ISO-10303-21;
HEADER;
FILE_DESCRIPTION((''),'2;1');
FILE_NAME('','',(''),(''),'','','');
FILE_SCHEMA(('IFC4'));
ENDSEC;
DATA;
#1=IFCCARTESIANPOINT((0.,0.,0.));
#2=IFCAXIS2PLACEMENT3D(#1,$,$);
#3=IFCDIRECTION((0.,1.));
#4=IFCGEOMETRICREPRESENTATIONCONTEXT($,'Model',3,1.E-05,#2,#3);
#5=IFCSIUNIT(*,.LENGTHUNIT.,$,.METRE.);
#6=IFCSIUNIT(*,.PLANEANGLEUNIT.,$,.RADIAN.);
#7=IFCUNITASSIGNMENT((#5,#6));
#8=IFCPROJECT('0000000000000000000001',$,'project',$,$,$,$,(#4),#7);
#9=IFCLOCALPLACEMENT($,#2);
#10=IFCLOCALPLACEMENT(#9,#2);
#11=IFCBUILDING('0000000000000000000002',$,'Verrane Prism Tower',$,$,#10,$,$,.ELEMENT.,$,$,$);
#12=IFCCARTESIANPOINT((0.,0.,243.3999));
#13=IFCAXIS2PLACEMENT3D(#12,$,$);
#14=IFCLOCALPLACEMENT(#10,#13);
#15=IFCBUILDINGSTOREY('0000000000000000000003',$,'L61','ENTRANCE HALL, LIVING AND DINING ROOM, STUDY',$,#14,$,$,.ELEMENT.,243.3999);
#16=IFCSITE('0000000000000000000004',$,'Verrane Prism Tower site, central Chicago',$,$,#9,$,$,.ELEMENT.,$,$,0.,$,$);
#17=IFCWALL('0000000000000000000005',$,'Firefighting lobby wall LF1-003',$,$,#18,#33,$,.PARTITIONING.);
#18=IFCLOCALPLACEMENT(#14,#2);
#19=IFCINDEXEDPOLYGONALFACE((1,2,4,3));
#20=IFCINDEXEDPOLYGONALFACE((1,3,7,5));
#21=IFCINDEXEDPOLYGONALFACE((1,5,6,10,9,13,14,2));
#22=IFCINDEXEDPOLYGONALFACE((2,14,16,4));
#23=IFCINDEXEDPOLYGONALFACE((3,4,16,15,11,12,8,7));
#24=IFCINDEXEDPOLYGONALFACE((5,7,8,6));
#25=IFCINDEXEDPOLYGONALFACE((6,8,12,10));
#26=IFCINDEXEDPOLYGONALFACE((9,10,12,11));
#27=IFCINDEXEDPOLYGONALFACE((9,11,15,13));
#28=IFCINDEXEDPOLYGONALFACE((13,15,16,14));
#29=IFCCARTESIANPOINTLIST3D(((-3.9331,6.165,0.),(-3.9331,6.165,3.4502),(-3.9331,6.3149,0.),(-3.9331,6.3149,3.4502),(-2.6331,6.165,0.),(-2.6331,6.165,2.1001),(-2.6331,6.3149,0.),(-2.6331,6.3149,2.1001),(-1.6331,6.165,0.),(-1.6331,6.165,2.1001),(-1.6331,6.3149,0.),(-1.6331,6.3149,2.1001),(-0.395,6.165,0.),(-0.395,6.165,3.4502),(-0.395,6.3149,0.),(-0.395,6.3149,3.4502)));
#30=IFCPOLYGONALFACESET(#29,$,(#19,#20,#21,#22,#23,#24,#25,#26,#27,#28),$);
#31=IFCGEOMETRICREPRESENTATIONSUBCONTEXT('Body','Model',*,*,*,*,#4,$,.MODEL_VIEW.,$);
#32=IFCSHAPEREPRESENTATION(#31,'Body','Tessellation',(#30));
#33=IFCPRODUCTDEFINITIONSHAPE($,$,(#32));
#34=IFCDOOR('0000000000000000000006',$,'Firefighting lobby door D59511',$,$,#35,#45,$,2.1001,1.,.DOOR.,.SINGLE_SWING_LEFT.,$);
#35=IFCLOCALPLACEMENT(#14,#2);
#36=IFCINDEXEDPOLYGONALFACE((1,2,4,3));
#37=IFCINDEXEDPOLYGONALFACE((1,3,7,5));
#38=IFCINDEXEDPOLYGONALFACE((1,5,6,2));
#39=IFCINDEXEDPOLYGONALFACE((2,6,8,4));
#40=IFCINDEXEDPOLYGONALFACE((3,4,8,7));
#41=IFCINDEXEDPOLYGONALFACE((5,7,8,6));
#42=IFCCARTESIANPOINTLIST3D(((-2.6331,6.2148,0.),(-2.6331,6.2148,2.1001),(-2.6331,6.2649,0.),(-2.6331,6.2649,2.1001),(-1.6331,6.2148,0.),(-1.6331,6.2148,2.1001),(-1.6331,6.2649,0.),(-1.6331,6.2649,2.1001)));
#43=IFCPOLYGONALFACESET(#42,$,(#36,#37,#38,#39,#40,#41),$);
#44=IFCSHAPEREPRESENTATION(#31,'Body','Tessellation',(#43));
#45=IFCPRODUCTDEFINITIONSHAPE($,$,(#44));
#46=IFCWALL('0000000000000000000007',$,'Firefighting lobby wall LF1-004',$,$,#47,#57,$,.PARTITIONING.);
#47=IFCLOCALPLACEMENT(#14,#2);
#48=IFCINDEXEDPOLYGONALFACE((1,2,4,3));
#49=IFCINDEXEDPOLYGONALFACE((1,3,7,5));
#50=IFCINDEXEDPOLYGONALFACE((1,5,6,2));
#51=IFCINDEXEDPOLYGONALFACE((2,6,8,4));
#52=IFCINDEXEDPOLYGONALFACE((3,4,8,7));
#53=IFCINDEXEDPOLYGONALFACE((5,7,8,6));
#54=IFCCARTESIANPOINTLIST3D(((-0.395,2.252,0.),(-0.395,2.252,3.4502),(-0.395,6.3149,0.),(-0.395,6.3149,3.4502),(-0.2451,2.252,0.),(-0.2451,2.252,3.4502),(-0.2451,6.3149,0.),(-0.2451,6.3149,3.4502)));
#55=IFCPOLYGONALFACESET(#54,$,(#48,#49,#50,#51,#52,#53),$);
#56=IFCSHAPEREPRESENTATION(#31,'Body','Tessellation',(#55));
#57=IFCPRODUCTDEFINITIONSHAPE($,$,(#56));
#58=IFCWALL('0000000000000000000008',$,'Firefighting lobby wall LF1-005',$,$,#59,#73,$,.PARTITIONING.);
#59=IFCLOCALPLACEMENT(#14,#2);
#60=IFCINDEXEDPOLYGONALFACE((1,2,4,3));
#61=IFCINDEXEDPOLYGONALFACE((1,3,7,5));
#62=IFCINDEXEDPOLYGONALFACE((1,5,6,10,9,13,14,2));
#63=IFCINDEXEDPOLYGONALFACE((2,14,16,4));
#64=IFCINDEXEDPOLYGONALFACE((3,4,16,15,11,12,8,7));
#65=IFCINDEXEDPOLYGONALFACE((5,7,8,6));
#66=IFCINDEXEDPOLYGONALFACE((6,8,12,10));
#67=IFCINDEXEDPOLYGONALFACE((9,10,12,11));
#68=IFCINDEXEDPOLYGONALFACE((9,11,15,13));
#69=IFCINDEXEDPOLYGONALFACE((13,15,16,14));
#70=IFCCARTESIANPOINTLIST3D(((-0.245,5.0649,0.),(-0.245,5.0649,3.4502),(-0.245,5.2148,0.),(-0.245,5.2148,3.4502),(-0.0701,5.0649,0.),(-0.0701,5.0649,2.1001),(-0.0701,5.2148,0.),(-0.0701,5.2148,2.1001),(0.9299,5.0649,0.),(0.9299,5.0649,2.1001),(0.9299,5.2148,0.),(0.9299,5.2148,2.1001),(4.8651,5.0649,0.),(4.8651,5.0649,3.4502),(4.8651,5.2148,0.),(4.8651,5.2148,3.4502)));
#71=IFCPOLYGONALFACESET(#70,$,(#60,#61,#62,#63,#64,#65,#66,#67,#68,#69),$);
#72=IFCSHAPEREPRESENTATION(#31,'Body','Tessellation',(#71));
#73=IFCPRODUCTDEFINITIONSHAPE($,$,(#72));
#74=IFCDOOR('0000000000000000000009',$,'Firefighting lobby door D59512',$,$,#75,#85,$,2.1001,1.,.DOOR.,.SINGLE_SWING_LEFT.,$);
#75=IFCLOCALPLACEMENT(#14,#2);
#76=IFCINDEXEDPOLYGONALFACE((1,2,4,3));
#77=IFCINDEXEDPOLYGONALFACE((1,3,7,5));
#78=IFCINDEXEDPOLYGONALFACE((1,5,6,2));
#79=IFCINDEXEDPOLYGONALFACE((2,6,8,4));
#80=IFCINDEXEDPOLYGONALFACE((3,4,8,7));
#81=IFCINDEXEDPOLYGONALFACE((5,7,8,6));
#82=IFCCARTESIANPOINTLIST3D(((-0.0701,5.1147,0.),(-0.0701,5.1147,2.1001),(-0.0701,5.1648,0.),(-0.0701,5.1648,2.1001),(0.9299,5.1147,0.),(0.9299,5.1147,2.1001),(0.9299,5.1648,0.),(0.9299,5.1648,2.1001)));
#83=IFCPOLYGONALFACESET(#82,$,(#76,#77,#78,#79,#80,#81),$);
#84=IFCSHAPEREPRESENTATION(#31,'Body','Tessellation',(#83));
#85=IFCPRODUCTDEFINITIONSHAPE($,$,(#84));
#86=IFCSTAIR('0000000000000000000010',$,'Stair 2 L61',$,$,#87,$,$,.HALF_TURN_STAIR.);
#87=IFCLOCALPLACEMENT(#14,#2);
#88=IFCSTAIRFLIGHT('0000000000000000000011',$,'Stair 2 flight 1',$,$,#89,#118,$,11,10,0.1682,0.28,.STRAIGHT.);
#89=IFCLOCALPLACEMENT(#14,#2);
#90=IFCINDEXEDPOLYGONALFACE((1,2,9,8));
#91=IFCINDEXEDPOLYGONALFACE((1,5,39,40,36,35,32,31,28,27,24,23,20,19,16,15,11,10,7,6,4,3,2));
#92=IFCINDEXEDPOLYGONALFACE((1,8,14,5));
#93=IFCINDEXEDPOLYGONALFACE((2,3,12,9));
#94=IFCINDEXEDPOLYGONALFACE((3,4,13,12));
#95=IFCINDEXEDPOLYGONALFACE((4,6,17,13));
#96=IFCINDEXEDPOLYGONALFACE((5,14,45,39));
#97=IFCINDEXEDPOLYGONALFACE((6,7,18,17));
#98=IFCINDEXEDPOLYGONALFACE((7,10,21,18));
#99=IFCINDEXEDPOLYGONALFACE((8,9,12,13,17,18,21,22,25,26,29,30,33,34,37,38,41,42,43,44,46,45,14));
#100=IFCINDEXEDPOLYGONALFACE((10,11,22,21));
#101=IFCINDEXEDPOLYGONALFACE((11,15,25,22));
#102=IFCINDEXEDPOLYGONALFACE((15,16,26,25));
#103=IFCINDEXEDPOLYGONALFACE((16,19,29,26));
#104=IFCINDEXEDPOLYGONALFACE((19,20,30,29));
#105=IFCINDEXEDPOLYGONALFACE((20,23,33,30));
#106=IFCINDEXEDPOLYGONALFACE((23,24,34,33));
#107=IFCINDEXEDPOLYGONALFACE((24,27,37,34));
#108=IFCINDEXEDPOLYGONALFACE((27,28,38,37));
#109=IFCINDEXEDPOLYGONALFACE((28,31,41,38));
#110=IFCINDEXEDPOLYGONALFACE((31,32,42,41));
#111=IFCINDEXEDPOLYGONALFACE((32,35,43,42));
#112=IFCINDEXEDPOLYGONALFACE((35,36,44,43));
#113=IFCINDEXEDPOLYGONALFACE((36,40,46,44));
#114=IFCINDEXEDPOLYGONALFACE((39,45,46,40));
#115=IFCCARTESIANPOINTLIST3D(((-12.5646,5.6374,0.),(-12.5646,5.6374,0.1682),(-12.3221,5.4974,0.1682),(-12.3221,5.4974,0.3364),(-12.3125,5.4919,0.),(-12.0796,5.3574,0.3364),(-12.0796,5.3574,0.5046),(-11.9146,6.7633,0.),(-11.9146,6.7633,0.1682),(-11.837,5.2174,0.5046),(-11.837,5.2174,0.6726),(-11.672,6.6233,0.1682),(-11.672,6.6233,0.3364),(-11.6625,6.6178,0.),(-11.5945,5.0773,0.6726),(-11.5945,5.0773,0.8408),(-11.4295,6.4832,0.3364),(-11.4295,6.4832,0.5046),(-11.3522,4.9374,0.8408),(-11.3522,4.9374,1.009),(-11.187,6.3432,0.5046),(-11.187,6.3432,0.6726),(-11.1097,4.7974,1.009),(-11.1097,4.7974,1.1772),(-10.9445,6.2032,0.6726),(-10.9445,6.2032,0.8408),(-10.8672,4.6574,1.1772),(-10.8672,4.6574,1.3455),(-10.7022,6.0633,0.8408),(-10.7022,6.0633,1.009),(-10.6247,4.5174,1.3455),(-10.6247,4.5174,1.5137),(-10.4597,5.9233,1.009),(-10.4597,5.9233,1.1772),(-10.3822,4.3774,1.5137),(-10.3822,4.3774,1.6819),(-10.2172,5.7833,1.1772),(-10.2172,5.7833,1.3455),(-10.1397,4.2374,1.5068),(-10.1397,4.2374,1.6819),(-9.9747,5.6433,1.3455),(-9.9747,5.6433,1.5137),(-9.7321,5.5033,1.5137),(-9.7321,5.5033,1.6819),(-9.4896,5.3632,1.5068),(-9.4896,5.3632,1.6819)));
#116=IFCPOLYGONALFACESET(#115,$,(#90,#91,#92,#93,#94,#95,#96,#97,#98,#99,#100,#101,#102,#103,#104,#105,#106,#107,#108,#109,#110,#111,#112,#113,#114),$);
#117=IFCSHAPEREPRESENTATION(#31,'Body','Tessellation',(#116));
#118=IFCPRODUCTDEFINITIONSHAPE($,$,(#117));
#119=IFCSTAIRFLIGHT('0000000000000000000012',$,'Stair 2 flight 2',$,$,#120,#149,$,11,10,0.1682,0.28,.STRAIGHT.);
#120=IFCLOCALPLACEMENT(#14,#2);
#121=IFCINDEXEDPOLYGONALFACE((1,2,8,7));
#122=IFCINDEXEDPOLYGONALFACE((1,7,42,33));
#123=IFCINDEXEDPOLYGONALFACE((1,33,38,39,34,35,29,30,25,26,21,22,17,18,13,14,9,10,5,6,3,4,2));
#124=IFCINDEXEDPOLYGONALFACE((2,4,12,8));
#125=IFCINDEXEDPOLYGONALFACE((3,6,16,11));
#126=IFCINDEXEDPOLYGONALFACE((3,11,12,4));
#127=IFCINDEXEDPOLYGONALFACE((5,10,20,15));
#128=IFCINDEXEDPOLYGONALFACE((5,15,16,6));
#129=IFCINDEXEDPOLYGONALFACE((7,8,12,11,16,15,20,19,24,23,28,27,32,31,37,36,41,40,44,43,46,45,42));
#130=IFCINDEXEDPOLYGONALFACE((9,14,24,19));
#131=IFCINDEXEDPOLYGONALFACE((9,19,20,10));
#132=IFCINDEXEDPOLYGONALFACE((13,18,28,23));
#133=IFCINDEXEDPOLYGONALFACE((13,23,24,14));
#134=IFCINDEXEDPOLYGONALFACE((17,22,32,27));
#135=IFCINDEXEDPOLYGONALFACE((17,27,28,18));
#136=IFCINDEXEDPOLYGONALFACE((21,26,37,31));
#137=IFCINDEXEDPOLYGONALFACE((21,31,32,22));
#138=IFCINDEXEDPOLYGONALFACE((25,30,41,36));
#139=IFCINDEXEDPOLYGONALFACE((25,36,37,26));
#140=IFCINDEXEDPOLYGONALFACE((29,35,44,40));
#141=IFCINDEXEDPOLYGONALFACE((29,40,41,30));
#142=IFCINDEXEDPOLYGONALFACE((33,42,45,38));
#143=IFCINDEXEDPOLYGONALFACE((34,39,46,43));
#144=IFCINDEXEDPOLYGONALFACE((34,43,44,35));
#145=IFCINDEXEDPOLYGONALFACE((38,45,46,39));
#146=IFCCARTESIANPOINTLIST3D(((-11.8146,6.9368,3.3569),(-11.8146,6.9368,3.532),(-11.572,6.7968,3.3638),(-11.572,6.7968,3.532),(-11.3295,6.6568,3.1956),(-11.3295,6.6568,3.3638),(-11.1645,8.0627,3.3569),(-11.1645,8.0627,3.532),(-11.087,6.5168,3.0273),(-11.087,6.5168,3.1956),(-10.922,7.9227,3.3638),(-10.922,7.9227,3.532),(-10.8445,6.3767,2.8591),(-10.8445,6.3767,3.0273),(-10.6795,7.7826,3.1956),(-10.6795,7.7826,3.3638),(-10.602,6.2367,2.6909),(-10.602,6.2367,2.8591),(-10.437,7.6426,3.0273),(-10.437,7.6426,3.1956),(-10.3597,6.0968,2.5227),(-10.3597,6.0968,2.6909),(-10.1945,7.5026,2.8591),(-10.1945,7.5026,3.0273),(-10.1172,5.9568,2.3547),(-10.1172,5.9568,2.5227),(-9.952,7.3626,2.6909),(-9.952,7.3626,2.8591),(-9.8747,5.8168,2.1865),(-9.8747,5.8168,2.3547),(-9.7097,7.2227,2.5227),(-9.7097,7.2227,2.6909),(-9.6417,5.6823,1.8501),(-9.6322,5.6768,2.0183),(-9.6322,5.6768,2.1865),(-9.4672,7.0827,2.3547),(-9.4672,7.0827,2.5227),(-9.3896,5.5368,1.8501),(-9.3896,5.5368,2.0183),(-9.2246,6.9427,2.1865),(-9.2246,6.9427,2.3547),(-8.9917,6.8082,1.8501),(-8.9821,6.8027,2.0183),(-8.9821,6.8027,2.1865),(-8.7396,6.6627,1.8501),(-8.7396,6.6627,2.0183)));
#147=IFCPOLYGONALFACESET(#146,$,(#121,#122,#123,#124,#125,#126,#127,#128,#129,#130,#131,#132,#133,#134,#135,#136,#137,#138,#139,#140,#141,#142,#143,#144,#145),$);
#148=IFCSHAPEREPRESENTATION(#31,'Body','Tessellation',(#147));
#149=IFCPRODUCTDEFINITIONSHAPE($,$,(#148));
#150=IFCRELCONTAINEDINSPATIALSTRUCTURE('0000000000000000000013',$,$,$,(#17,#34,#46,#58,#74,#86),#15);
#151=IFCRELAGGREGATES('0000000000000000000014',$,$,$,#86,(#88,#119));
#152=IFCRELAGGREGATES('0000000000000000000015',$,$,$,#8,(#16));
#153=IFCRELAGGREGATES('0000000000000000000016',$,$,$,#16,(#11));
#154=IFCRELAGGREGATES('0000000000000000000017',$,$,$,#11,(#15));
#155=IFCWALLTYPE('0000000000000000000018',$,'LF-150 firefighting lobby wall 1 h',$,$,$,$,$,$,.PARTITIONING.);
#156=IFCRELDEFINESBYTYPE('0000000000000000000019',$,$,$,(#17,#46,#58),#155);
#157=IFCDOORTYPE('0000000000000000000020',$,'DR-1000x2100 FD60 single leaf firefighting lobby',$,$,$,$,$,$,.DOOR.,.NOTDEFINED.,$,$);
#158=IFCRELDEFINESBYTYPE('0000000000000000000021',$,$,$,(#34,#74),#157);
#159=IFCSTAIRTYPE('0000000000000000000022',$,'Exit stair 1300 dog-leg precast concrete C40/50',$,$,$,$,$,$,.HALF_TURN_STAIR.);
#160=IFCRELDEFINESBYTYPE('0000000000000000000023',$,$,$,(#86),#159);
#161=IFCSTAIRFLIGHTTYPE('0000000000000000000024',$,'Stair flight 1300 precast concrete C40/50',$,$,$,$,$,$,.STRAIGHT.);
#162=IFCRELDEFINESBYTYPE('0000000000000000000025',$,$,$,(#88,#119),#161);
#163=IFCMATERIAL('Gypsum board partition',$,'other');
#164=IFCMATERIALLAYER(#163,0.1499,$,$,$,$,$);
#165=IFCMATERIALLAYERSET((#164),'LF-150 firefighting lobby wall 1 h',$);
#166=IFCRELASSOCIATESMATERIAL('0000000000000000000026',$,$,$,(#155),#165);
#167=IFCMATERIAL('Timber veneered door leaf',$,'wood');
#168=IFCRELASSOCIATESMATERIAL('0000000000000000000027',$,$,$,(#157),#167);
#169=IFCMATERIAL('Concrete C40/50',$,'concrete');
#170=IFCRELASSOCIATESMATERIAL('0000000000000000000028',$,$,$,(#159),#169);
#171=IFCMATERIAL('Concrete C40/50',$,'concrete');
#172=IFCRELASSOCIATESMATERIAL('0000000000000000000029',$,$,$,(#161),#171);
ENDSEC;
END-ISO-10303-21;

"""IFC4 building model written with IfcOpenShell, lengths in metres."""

from ifc_helpers import new_model, si_unit, direction, frame, frame_2d, origin, place, context, subcontext, project, spatial, polyline, rectangle, outline, extrude, material, layer, layer_set, type_object, element, fill, aggregate, save


model = new_model("IFC4")

# Units and contexts
model_context = context("Model", 3, precision=1e-05, world=origin(), true_north=direction((0.0, 1.0)))
body_context = subcontext(model_context, "Body", "Model", "MODEL_VIEW")
ifc_project = project(units=[si_unit("LENGTHUNIT", "METRE"), si_unit("PLANEANGLEUNIT", "RADIAN")], contexts=[model_context])

# Site, building, storey
site_placement = place(None, origin())
site = spatial("IfcSite", under=ifc_project, at=site_placement, Name="Verrane Prism Tower site, central Chicago", CompositionType="ELEMENT", RefElevation=0.0)
building_placement = place(site_placement, origin())
building = spatial("IfcBuilding", under=site, at=building_placement, Name="Verrane Prism Tower", CompositionType="ELEMENT")
storey_placement = place(building_placement, frame((0.0, 0.0, 243.3999)))
storey = spatial("IfcBuildingStorey", under=building, at=storey_placement, Name="L61", Description="ENTRANCE HALL, LIVING AND DINING ROOM, STUDY", CompositionType="ELEMENT", Elevation=243.3999)

# Shared definitions
ifc_material_1 = material(Name="Gypsum board partition", Category="other")
ifc_layer_1 = layer(ifc_material_1, 0.1499)
ifc_layer_set_1 = layer_set([ifc_layer_1], Name="LF-150 firefighting lobby wall 1 h")
wall_type_1 = type_object("IfcWallType", Name="LF-150 firefighting lobby wall 1 h", PredefinedType="PARTITIONING", material=ifc_layer_set_1)

# Wall, opening, door
wall_1_placement = place(storey_placement, frame((-3.9331, 6.24, 0.0), z_axis=(0.0, 0.0, 1.0), x_axis=(1.0, 0.0, 0.0)))
wall_1 = element("IfcWall", 1, at=wall_1_placement, inside=storey, type_object=wall_type_1, Name="Firefighting lobby wall LF1-003", PredefinedType="PARTITIONING", context=body_context, shape_type="SweptSolid", body=[
    extrude(rectangle(XDim=3.5381, YDim=0.1499, at=frame_2d((1.769, 0.0))), origin(), (0.0, 0.0, 1.0), 3.4502),
])
opening_1_placement = place(wall_1_placement, frame((1.3, 0.0, 0.0)))
opening_1 = element("IfcOpeningElement", 2, at=opening_1_placement, cuts=wall_1, PredefinedType="OPENING", context=body_context, shape_type="SweptSolid", body=[
    extrude(rectangle(XDim=1.0, YDim=2.1001, at=frame_2d((0.5, 1.05))), frame((0.0, 0.085, 0.0), z_axis=(0.0, -1.0, 0.0), x_axis=(1.0, 0.0, 0.0)), (0.0, 0.0, 1.0), 0.1699),
])
ifc_material_2 = material(Name="Timber veneered door leaf", Category="wood")
door_type_1 = type_object("IfcDoorType", Name="DR-1000x2100 FD60 single leaf firefighting lobby", OperationType="NOTDEFINED", PredefinedType="DOOR", material=ifc_material_2)
door_1_placement = place(opening_1_placement, origin())
door_1 = element("IfcDoor", 3, at=door_1_placement, inside=storey, type_object=door_type_1, Name="Firefighting lobby door D59511", OperationType="SINGLE_SWING_LEFT", OverallHeight=2.1001, OverallWidth=1.0, PredefinedType="DOOR", context=body_context, shape_type="SweptSolid", body=[
    extrude(rectangle(XDim=1.0, YDim=2.1001, at=frame_2d((0.5, 1.05))), frame((0.0, 0.0249, 0.0), z_axis=(0.0, -1.0, 0.0), x_axis=(1.0, 0.0, 0.0)), (0.0, 0.0, 1.0), 0.05),
])
fill(opening_1, door_1)

# Wall
wall_2_placement = place(storey_placement, frame((-0.3201, 2.252, 0.0), z_axis=(0.0, 0.0, 1.0), x_axis=(0.0, 1.0, 0.0)))
element("IfcWall", 4, at=wall_2_placement, inside=storey, type_object=wall_type_1, Name="Firefighting lobby wall LF1-004", PredefinedType="PARTITIONING", context=body_context, shape_type="SweptSolid", body=[
    extrude(rectangle(XDim=4.063, YDim=0.1499, at=frame_2d((2.0315, 0.0))), origin(), (0.0, 0.0, 1.0), 3.4502),
])

# Wall, opening, door
wall_3_placement = place(storey_placement, frame((-0.2451, 5.1399, 0.0), z_axis=(0.0, 0.0, 1.0), x_axis=(1.0, 0.0, 0.0)))
wall_3 = element("IfcWall", 5, at=wall_3_placement, inside=storey, type_object=wall_type_1, Name="Firefighting lobby wall LF1-005", PredefinedType="PARTITIONING", context=body_context, shape_type="SweptSolid", body=[
    extrude(rectangle(XDim=5.1101, YDim=0.1499, at=frame_2d((2.5552, 0.0))), origin(), (0.0, 0.0, 1.0), 3.4502),
])
opening_2_placement = place(wall_3_placement, frame((0.175, 0.0, 0.0)))
opening_2 = element("IfcOpeningElement", 6, at=opening_2_placement, cuts=wall_3, PredefinedType="OPENING", context=body_context, shape_type="SweptSolid", body=[
    extrude(rectangle(XDim=1.0, YDim=2.1001, at=frame_2d((0.5, 1.05))), frame((0.0, 0.085, 0.0), z_axis=(0.0, -1.0, 0.0), x_axis=(1.0, 0.0, 0.0)), (0.0, 0.0, 1.0), 0.1699),
])
door_2_placement = place(opening_2_placement, origin())
door_2 = element("IfcDoor", 7, at=door_2_placement, inside=storey, type_object=door_type_1, Name="Firefighting lobby door D59512", OperationType="SINGLE_SWING_LEFT", OverallHeight=2.1001, OverallWidth=1.0, PredefinedType="DOOR", context=body_context, shape_type="SweptSolid", body=[
    extrude(rectangle(XDim=1.0, YDim=2.1001, at=frame_2d((0.5, 1.05))), frame((0.0, 0.0249, 0.0), z_axis=(0.0, -1.0, 0.0), x_axis=(1.0, 0.0, 0.0)), (0.0, 0.0, 1.0), 0.05),
])
fill(opening_2, door_2)

# Stair, stair flights
ifc_material_3 = material(Name="Concrete C40/50", Category="concrete")
stair_type = type_object("IfcStairType", Name="Exit stair 1300 dog-leg precast concrete C40/50", PredefinedType="HALF_TURN_STAIR", material=ifc_material_3)
stair_placement = place(storey_placement, origin())
stair = element("IfcStair", 8, at=stair_placement, inside=storey, type_object=stair_type, Name="Stair 2 L61", PredefinedType="HALF_TURN_STAIR")
ifc_material_4 = material(Name="Concrete C40/50", Category="concrete")
stair_flight_type = type_object("IfcStairFlightType", Name="Stair flight 1300 precast concrete C40/50", PredefinedType="STRAIGHT", material=ifc_material_4)
stair_flight_1_placement = place(storey_placement, frame((-12.2395, 6.2004, 0.0), z_axis=(0.0, 0.0, 1.0), x_axis=(0.866025, -0.5, 0.0)))
stair_flight_1 = element("IfcStairFlight", 9, at=stair_flight_1_placement, type_object=stair_flight_type, Name="Stair 2 flight 1", NumberOfRisers=11, NumberOfTreads=10, PredefinedType="STRAIGHT", RiserHeight=0.1682, TreadLength=0.28, context=body_context, shape_type="SweptSolid", body=[
    extrude(outline(polyline([(0.0, 0.0), (0.0, 0.1682), (0.28, 0.1682), (0.28, 0.3364), (0.5601, 0.3364), (0.5601, 0.5046), (0.8401, 0.5046), (0.8401, 0.6726), (1.1201, 0.6726), (1.1201, 0.8408), (1.3999, 0.8408), (1.3999, 1.009), (1.6799, 1.009), (1.6799, 1.1772), (1.96, 1.1772), (1.96, 1.3455), (2.24, 1.3455), (2.24, 1.5137), (2.52, 1.5137), (2.52, 1.6819), (2.8, 1.6819), (2.8, 1.8501), (2.8, 1.5068), (0.291, 0.0), (0.0, 0.0)])), frame((0.0, 0.6499, 0.0), z_axis=(0.0, -1.0, 0.0), x_axis=(1.0, 0.0, 0.0)), (0.0, 0.0, 1.0), 1.3),
])
stair_flight_2_placement = place(storey_placement, frame((-9.0647, 6.0996, 1.8501), z_axis=(0.0, 0.0, 1.0), x_axis=(-0.866025, 0.5, 0.0)))
stair_flight_2 = element("IfcStairFlight", 10, at=stair_flight_2_placement, type_object=stair_flight_type, Name="Stair 2 flight 2", NumberOfRisers=11, NumberOfTreads=10, PredefinedType="STRAIGHT", RiserHeight=0.1682, TreadLength=0.28, context=body_context, shape_type="SweptSolid", body=[
    extrude(outline(polyline([(0.0, 0.0), (0.0, 0.1682), (0.28, 0.1682), (0.28, 0.3364), (0.5601, 0.3364), (0.5601, 0.5046), (0.8401, 0.5046), (0.8401, 0.6726), (1.1201, 0.6726), (1.1201, 0.8408), (1.3999, 0.8408), (1.3999, 1.009), (1.6799, 1.009), (1.6799, 1.1772), (1.96, 1.1772), (1.96, 1.3455), (2.24, 1.3455), (2.24, 1.5137), (2.52, 1.5137), (2.52, 1.6819), (2.8, 1.6819), (2.8, 1.8501), (2.8, 1.5068), (0.291, 0.0), (0.0, 0.0)])), frame((0.0, 0.6499, 0.0), z_axis=(0.0, -1.0, 0.0), x_axis=(1.0, 0.0, 0.0)), (0.0, 0.0, 1.0), 1.3),
])
aggregate(stair, [stair_flight_1, stair_flight_2])

save(model, "model.ifc")
